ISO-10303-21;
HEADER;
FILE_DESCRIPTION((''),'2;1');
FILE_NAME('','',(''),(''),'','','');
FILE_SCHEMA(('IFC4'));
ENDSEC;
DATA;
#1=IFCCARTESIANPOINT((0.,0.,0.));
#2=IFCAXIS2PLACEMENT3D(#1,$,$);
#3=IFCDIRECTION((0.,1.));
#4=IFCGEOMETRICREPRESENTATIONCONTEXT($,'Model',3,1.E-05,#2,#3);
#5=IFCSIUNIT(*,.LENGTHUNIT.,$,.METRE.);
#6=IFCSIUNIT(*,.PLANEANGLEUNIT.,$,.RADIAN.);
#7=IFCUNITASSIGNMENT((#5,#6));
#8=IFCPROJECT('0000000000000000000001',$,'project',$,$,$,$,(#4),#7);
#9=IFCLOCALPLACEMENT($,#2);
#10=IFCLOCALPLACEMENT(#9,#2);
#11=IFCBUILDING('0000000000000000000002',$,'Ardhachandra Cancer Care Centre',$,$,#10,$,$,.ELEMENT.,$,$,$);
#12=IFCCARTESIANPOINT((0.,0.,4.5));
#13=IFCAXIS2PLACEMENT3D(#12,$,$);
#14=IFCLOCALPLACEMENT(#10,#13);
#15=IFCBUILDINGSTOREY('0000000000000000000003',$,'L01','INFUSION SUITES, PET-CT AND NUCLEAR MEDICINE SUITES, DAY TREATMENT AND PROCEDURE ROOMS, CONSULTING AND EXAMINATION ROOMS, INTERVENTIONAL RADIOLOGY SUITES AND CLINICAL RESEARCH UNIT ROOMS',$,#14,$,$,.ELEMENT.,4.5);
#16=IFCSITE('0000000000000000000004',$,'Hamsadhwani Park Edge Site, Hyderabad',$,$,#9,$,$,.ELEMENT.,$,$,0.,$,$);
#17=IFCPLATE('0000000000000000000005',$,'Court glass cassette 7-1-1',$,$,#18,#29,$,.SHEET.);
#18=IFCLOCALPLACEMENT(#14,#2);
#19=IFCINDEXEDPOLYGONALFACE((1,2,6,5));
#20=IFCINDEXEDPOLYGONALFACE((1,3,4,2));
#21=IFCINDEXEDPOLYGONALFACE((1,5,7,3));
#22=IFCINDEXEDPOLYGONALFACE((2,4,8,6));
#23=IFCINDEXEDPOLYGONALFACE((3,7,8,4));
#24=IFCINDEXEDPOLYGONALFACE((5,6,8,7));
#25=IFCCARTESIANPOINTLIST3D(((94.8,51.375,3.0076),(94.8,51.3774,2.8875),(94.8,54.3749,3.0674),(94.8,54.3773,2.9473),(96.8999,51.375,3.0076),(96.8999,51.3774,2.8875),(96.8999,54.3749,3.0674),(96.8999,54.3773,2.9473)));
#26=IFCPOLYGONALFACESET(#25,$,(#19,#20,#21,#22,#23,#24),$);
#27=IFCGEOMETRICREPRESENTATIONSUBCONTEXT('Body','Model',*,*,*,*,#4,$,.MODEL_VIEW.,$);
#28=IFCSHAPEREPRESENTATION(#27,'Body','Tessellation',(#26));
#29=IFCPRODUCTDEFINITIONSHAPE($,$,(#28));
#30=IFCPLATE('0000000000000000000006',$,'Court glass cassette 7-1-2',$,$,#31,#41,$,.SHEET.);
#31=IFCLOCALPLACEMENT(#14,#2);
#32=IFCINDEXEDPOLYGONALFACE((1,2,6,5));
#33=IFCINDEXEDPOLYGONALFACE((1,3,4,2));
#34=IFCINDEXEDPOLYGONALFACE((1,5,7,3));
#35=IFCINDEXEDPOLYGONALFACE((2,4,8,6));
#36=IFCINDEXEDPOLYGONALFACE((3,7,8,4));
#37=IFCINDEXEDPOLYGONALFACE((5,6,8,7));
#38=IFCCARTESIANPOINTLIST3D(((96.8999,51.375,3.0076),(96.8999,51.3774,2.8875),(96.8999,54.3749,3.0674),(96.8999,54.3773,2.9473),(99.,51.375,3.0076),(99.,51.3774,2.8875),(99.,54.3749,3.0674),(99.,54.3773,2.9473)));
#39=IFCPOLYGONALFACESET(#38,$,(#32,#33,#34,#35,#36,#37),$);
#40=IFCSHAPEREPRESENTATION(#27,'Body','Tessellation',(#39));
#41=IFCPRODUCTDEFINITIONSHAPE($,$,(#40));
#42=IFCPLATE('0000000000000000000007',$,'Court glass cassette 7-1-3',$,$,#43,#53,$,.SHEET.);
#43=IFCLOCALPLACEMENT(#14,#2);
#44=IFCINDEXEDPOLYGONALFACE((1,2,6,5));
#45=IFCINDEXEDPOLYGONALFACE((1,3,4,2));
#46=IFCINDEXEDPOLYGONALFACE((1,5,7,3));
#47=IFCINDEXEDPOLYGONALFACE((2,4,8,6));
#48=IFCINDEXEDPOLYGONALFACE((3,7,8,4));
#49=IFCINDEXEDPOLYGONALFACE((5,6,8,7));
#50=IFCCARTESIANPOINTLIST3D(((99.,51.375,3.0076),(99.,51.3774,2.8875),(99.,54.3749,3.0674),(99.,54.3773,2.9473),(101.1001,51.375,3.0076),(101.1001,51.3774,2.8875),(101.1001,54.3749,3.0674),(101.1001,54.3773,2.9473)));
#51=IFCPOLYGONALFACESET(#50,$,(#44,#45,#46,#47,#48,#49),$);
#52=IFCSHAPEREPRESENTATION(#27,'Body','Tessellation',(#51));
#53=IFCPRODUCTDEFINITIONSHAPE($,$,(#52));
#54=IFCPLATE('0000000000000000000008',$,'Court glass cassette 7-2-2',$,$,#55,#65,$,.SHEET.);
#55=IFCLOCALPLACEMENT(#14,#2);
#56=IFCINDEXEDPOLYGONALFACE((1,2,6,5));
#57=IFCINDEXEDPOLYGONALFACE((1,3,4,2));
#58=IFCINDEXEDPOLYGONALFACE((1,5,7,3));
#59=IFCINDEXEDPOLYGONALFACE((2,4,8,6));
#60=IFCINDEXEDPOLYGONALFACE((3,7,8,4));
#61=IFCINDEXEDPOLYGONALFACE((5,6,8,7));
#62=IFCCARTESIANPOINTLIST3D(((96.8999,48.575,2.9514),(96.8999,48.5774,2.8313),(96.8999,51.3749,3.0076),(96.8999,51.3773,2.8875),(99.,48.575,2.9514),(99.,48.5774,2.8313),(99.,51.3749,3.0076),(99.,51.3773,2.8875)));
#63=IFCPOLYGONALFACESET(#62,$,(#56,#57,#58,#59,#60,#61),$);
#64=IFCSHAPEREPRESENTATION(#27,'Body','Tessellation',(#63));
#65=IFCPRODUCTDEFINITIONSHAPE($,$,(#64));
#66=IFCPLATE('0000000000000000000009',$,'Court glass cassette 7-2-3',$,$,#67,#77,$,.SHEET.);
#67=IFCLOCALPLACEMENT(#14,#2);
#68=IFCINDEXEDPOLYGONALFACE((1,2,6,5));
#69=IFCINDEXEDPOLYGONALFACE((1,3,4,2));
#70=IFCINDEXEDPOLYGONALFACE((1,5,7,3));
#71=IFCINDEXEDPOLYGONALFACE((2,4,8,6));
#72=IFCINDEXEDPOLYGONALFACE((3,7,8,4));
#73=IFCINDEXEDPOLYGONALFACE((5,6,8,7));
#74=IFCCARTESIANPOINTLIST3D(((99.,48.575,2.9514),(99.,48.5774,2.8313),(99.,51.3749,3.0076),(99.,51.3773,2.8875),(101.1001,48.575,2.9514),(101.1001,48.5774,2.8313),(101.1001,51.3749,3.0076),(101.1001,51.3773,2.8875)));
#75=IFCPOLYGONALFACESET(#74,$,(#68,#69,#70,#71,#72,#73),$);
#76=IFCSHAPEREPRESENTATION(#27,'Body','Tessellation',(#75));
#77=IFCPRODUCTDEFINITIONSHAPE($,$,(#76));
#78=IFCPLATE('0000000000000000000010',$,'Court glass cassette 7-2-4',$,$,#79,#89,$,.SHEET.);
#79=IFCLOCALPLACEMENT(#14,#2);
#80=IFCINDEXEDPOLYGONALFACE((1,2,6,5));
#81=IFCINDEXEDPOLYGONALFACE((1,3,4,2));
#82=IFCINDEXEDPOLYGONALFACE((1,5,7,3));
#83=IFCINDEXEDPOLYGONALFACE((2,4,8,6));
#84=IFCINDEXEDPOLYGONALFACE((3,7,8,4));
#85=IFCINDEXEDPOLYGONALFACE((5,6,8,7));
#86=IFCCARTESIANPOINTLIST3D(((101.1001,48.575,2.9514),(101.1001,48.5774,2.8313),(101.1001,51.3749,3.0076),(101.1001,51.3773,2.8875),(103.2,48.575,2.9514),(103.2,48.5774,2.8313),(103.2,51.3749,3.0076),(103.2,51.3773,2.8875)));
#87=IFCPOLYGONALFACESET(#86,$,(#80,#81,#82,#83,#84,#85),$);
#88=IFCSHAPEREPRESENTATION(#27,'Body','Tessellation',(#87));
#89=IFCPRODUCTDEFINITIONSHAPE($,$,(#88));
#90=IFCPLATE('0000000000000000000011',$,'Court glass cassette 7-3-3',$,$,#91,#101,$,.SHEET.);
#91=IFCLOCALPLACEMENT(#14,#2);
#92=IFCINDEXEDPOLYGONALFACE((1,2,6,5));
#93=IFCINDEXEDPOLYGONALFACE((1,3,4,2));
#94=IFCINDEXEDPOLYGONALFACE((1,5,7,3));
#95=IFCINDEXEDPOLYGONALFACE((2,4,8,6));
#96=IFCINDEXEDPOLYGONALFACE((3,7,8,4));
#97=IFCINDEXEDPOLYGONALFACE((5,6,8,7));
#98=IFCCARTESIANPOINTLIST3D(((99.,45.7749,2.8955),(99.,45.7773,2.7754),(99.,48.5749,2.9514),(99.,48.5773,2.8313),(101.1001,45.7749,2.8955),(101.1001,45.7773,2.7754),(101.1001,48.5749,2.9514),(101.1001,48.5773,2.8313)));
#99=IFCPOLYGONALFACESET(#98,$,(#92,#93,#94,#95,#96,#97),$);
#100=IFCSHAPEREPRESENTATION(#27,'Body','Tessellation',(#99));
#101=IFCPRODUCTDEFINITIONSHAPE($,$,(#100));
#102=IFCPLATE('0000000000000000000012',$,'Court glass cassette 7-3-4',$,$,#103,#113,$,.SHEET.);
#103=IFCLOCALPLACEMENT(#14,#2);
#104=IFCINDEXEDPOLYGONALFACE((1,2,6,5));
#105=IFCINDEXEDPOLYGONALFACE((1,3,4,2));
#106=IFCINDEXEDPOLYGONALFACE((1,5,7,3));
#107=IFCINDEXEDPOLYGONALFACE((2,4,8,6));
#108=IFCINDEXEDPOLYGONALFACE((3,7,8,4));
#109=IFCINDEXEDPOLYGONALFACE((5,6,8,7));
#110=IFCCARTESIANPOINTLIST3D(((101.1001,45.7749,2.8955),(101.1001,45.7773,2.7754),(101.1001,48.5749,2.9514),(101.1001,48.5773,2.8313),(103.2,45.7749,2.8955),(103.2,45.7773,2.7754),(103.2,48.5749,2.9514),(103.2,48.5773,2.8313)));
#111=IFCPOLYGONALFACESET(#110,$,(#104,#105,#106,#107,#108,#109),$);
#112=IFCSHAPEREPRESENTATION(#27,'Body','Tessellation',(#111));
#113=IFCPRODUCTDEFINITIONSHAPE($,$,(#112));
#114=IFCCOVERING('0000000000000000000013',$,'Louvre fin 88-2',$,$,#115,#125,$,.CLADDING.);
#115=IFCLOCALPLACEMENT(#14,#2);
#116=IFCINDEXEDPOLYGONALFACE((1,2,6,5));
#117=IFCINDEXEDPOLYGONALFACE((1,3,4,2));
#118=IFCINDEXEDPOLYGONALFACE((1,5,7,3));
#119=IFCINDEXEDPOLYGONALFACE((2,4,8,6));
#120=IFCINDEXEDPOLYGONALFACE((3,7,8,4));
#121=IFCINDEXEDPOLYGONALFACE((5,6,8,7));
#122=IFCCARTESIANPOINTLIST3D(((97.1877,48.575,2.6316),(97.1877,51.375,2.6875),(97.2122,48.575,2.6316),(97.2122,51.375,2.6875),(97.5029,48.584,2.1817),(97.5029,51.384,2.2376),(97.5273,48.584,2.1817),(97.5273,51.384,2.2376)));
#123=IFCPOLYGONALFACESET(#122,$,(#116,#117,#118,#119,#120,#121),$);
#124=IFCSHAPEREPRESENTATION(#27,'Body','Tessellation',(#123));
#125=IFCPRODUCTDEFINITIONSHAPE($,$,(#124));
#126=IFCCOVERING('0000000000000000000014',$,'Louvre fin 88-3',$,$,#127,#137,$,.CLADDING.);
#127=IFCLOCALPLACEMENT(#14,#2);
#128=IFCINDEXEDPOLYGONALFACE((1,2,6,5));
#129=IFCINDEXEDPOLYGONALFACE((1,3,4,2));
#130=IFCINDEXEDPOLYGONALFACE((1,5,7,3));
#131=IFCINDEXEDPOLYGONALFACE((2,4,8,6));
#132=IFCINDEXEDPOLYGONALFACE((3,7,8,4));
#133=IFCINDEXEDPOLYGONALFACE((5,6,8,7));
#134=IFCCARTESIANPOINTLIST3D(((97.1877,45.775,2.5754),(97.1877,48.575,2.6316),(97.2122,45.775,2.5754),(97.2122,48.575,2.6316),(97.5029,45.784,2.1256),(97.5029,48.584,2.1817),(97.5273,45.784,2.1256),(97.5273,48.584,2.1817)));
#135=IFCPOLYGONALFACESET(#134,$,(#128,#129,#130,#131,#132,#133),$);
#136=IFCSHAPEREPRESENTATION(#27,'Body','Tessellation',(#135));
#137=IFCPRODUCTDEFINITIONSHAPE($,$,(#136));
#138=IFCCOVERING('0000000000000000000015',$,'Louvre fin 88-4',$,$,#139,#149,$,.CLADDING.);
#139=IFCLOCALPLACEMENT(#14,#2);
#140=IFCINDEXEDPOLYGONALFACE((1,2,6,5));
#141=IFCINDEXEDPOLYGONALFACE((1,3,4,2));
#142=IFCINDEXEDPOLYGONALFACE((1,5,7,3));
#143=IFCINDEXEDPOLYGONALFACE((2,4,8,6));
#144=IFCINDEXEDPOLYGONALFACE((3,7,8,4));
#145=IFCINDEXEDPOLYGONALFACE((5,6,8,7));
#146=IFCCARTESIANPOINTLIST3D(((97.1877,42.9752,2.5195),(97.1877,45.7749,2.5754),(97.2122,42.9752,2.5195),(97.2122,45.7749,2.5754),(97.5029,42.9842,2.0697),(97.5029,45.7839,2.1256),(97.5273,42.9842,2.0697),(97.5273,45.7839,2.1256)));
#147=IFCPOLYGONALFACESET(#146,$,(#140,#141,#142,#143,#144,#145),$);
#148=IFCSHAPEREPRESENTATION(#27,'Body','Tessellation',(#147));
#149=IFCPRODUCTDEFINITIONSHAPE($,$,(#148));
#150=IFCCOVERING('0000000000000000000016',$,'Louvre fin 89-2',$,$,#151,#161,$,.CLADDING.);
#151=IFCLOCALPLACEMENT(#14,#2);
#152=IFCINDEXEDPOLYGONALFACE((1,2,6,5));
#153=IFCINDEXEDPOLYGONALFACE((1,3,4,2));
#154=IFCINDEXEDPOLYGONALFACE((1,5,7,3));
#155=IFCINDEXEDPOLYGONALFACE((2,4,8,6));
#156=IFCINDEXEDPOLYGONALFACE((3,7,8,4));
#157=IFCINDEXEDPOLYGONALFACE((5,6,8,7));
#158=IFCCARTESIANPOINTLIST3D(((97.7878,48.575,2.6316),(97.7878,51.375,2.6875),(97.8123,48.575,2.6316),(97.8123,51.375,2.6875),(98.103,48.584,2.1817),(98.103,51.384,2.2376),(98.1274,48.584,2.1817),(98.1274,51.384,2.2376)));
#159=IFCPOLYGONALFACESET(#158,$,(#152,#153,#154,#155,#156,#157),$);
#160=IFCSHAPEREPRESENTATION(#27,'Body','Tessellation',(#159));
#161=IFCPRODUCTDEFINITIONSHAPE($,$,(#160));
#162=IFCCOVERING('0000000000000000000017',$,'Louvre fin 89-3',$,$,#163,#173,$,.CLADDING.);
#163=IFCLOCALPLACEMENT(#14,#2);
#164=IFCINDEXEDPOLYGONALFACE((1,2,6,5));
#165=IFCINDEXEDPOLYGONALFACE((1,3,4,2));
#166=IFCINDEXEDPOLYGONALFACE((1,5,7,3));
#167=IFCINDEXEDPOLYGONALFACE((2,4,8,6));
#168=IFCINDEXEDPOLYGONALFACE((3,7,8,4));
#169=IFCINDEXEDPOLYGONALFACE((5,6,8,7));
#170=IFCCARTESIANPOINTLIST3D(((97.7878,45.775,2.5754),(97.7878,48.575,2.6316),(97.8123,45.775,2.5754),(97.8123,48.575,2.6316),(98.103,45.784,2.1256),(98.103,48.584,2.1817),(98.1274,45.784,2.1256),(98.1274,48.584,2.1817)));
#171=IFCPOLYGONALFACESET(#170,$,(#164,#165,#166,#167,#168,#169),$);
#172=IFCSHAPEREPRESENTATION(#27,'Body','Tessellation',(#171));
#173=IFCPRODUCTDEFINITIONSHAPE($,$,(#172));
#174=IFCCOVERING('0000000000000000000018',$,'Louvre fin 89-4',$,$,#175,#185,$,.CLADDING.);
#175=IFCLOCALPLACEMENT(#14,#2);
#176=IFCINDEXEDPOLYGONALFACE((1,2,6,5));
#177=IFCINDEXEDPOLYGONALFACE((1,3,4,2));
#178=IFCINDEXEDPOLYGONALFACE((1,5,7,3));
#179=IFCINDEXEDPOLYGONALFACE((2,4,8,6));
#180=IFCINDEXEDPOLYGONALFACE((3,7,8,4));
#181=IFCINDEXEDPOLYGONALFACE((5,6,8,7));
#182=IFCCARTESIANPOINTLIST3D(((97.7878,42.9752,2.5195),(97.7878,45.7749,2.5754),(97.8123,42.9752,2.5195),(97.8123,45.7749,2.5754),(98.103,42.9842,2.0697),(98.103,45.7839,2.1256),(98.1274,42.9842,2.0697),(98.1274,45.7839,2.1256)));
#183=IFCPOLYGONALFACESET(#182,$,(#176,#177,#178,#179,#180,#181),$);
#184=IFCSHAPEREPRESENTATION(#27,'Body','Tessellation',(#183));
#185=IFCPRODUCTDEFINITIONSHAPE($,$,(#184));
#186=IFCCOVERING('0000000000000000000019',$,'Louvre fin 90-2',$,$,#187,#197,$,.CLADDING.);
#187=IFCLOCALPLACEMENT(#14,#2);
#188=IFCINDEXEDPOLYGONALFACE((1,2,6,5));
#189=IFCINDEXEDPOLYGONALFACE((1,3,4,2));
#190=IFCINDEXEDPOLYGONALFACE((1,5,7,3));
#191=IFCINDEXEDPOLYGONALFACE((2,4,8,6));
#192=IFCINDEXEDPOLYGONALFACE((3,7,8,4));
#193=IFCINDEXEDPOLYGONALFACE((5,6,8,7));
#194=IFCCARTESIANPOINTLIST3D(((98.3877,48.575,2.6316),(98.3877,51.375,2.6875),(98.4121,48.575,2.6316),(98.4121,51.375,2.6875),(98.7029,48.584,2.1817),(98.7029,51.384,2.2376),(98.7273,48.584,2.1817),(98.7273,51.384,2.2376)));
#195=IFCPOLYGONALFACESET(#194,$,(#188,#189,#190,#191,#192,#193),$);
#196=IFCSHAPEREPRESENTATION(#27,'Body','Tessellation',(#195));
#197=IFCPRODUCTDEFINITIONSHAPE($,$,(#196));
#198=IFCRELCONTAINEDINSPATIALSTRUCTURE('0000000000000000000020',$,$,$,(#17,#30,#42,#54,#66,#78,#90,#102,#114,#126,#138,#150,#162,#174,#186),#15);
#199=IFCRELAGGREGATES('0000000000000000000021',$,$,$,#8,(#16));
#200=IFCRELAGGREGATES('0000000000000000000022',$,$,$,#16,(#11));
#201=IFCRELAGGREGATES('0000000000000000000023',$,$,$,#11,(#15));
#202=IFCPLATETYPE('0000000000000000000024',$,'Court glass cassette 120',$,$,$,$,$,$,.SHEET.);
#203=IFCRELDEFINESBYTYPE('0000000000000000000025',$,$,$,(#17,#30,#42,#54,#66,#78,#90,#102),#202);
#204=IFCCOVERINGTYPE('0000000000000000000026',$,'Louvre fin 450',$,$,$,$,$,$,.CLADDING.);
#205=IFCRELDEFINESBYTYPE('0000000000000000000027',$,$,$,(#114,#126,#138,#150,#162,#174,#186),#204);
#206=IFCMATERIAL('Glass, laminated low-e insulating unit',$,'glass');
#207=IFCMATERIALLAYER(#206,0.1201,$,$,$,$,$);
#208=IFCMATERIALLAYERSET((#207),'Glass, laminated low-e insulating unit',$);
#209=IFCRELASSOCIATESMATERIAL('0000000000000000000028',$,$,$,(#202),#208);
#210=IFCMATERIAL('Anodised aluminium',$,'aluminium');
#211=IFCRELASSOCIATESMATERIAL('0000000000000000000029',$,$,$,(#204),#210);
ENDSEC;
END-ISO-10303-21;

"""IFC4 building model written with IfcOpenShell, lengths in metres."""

from ifc_helpers import new_model, si_unit, direction, frame, origin, place, context, subcontext, project, spatial, polyline, outline, extrude, material, layer, layer_set, material_profile, profile_set, type_object, element, save


model = new_model("IFC4")

# Units and contexts
model_context = context("Model", 3, precision=1e-05, world=origin(), true_north=direction((0.0, 1.0)))
body_context = subcontext(model_context, "Body", "Model", "MODEL_VIEW")
ifc_project = project(units=[si_unit("LENGTHUNIT", "METRE"), si_unit("PLANEANGLEUNIT", "RADIAN")], contexts=[model_context])

# Site, building, storey
site_placement = place(None, origin())
site = spatial("IfcSite", under=ifc_project, at=site_placement, Name="Hamsadhwani Park Edge Site, Hyderabad", CompositionType="ELEMENT", RefElevation=0.0)
building_placement = place(site_placement, origin())
building = spatial("IfcBuilding", under=site, at=building_placement, Name="Ardhachandra Cancer Care Centre", CompositionType="ELEMENT")
storey_placement = place(building_placement, frame((0.0, 0.0, 4.5)))
storey = spatial("IfcBuildingStorey", under=building, at=storey_placement, Name="L01", Description="INFUSION SUITES, PET-CT AND NUCLEAR MEDICINE SUITES, DAY TREATMENT AND PROCEDURE ROOMS, CONSULTING AND EXAMINATION ROOMS, INTERVENTIONAL RADIOLOGY SUITES AND CLINICAL RESEARCH UNIT ROOMS", CompositionType="ELEMENT", Elevation=4.5)

# Plates
ifc_material_1 = material(Name="Glass, laminated low-e insulating unit", Category="glass")
ifc_layer = layer(ifc_material_1, 0.1201)
ifc_layer_set = layer_set([ifc_layer], Name="Glass, laminated low-e insulating unit")
plate_type = type_object("IfcPlateType", Name="Court glass cassette 120", PredefinedType="SHEET", material=ifc_layer_set)
plate_1_placement = place(storey_placement, frame((96.8999, 51.375, 3.0076), z_axis=(0.0, -0.019934, 0.999801), x_axis=(-1.0, 0.0, 0.0)))
element("IfcPlate", 1, at=plate_1_placement, inside=storey, type_object=plate_type, Name="Court glass cassette 7-1-1", PredefinedType="SHEET", context=body_context, shape_type="SweptSolid", body=[
    extrude(outline(polyline([(0.0, -3.0005), (2.0999, -3.0005), (2.0999, 0.0), (0.0, 0.0), (0.0, -3.0005)])), frame((0.0, 0.0, -0.1201)), (0.0, 0.0, 1.0), 0.1201),
])
for number, where, z_axis, x_axis, name in (
    (2, (99.0, 51.375, 3.0076), (0.0, -0.019934, 0.999801), (-1.0, 0.0, 0.0), "Court glass cassette 7-1-2"),
    (3, (101.1001, 51.375, 3.0076), (0.0, -0.019934, 0.999801), (-1.0, 0.0, 0.0), "Court glass cassette 7-1-3"),
):
    element("IfcPlate", number, at=place(storey_placement, frame(where, z_axis=z_axis, x_axis=x_axis)), inside=storey, type_object=plate_type, Name=name, PredefinedType="SHEET", context=body_context, shape_type="SweptSolid", body=[
        extrude(outline(polyline([(0.0, -3.0005), (2.1001, -3.0005), (2.1001, 0.0), (0.0, 0.0), (0.0, -3.0005)])), frame((0.0, 0.0, -0.1201)), (0.0, 0.0, 1.0), 0.1201),
    ])
for number, where, z_axis, x_axis, name in (
    (4, (96.8999, 48.575, 2.9514), (0.0, -0.02005, 0.999799), (0.0, 0.999799, 0.02005), "Court glass cassette 7-2-2"),
    (5, (99.0, 48.575, 2.9514), (0.0, -0.02005, 0.999799), (0.0, 0.999799, 0.02005), "Court glass cassette 7-2-3"),
):
    element("IfcPlate", number, at=place(storey_placement, frame(where, z_axis=z_axis, x_axis=x_axis)), inside=storey, type_object=plate_type, Name=name, PredefinedType="SHEET", context=body_context, shape_type="SweptSolid", body=[
        extrude(outline(polyline([(0.0, -2.1001), (2.8005, -2.1001), (2.8005, 0.0), (0.0, 0.0), (0.0, -2.1001)])), frame((0.0, 0.0, -0.1201)), (0.0, 0.0, 1.0), 0.1201),
    ])
plate_2_placement = place(storey_placement, frame((101.1001, 48.575, 2.9514), z_axis=(0.0, -0.02005, 0.999799), x_axis=(0.0, 0.999799, 0.02005)))
element("IfcPlate", 6, at=plate_2_placement, inside=storey, type_object=plate_type, Name="Court glass cassette 7-2-4", PredefinedType="SHEET", context=body_context, shape_type="SweptSolid", body=[
    extrude(outline(polyline([(0.0, -2.0999), (2.8005, -2.0999), (2.8005, 0.0), (0.0, 0.0), (0.0, -2.0999)])), frame((0.0, 0.0, -0.1201)), (0.0, 0.0, 1.0), 0.1201),
])
plate_3_placement = place(storey_placement, frame((99.0, 45.7749, 2.8955), z_axis=(0.0, -0.019963, 0.999801), x_axis=(0.0, 0.999801, 0.019963)))
element("IfcPlate", 7, at=plate_3_placement, inside=storey, type_object=plate_type, Name="Court glass cassette 7-3-3", PredefinedType="SHEET", context=body_context, shape_type="SweptSolid", body=[
    extrude(outline(polyline([(0.0, -2.1001), (2.8005, -2.1001), (2.8005, 0.0), (0.0, 0.0), (0.0, -2.1001)])), frame((0.0, 0.0, -0.1201)), (0.0, 0.0, 1.0), 0.1201),
])
plate_4_placement = place(storey_placement, frame((101.1001, 45.7749, 2.8955), z_axis=(0.0, -0.019963, 0.999801), x_axis=(0.0, 0.999801, 0.019963)))
element("IfcPlate", 8, at=plate_4_placement, inside=storey, type_object=plate_type, Name="Court glass cassette 7-3-4", PredefinedType="SHEET", context=body_context, shape_type="SweptSolid", body=[
    extrude(outline(polyline([(0.0, -2.0999), (2.8005, -2.0999), (2.8005, 0.0), (0.0, 0.0), (0.0, -2.0999)])), frame((0.0, 0.0, -0.1201)), (0.0, 0.0, 1.0), 0.1201),
])

# Coverings
ifc_material_2 = material(Name="Anodised aluminium", Category="aluminium")
ifc_material_profile = material_profile(ifc_material_2, outline(polyline([(-0.0122, 0.0), (0.0122, 0.0), (0.3274, -0.45), (0.303, -0.45), (-0.0122, 0.0)])), Name="Louvre fin 450")
ifc_profile_set = profile_set([ifc_material_profile], Name="Anodised aluminium")
covering_type = type_object("IfcCoveringType", Name="Louvre fin 450", PredefinedType="CLADDING", material=ifc_profile_set)
for number, where, z_axis, x_axis, name in (
    (9, (97.2, 51.375, 2.6875), (0.0, -0.999801, -0.019963), (1.0, 0.0, 0.0), "Louvre fin 88-2"),
    (10, (97.2, 48.575, 2.6316), (0.0, -0.999799, -0.02005), (1.0, 0.0, 0.0), "Louvre fin 88-3"),
):
    element("IfcCovering", number, at=place(storey_placement, frame(where, z_axis=z_axis, x_axis=x_axis)), inside=storey, type_object=covering_type, Name=name, PredefinedType="CLADDING", context=body_context, shape_type="SweptSolid", body=[
        extrude(outline(polyline([(-0.0122, 0.0), (0.0122, 0.0), (0.3274, -0.45), (0.303, -0.45), (-0.0122, 0.0)])), origin(), (0.0, 0.0, 1.0), 2.8005),
    ])
covering_1_placement = place(storey_placement, frame((97.2, 45.7749, 2.5754), z_axis=(0.0, -0.999801, -0.019965), x_axis=(1.0, 0.0, 0.0)))
element("IfcCovering", 11, at=covering_1_placement, inside=storey, type_object=covering_type, Name="Louvre fin 88-4", PredefinedType="CLADDING", context=body_context, shape_type="SweptSolid", body=[
    extrude(outline(polyline([(-0.0122, 0.0), (0.0122, 0.0), (0.3274, -0.45), (0.303, -0.45), (-0.0122, 0.0)])), origin(), (0.0, 0.0, 1.0), 2.8003),
])
for number, where, z_axis, x_axis, name in (
    (12, (97.8, 51.375, 2.6875), (0.0, -0.999801, -0.019963), (1.0, 0.0, 0.0), "Louvre fin 89-2"),
    (13, (97.8, 48.575, 2.6316), (0.0, -0.999799, -0.02005), (1.0, 0.0, 0.0), "Louvre fin 89-3"),
):
    element("IfcCovering", number, at=place(storey_placement, frame(where, z_axis=z_axis, x_axis=x_axis)), inside=storey, type_object=covering_type, Name=name, PredefinedType="CLADDING", context=body_context, shape_type="SweptSolid", body=[
        extrude(outline(polyline([(-0.0122, 0.0), (0.0122, 0.0), (0.3274, -0.45), (0.303, -0.45), (-0.0122, 0.0)])), origin(), (0.0, 0.0, 1.0), 2.8005),
    ])
covering_2_placement = place(storey_placement, frame((97.8, 45.7749, 2.5754), z_axis=(0.0, -0.999801, -0.019965), x_axis=(1.0, 0.0, 0.0)))
element("IfcCovering", 14, at=covering_2_placement, inside=storey, type_object=covering_type, Name="Louvre fin 89-4", PredefinedType="CLADDING", context=body_context, shape_type="SweptSolid", body=[
    extrude(outline(polyline([(-0.0122, 0.0), (0.0122, 0.0), (0.3274, -0.45), (0.303, -0.45), (-0.0122, 0.0)])), origin(), (0.0, 0.0, 1.0), 2.8003),
])
for number, where, z_axis, x_axis, name in (
    (15, (98.3999, 51.375, 2.6875), (0.0, -0.999801, -0.019963), (1.0, 0.0, 0.0), "Louvre fin 90-2"),
):
    element("IfcCovering", number, at=place(storey_placement, frame(where, z_axis=z_axis, x_axis=x_axis)), inside=storey, type_object=covering_type, Name=name, PredefinedType="CLADDING", context=body_context, shape_type="SweptSolid", body=[
        extrude(outline(polyline([(-0.0122, 0.0), (0.0122, 0.0), (0.3274, -0.45), (0.303, -0.45), (-0.0122, 0.0)])), origin(), (0.0, 0.0, 1.0), 2.8005),
    ])

save(model, "model.ifc")
